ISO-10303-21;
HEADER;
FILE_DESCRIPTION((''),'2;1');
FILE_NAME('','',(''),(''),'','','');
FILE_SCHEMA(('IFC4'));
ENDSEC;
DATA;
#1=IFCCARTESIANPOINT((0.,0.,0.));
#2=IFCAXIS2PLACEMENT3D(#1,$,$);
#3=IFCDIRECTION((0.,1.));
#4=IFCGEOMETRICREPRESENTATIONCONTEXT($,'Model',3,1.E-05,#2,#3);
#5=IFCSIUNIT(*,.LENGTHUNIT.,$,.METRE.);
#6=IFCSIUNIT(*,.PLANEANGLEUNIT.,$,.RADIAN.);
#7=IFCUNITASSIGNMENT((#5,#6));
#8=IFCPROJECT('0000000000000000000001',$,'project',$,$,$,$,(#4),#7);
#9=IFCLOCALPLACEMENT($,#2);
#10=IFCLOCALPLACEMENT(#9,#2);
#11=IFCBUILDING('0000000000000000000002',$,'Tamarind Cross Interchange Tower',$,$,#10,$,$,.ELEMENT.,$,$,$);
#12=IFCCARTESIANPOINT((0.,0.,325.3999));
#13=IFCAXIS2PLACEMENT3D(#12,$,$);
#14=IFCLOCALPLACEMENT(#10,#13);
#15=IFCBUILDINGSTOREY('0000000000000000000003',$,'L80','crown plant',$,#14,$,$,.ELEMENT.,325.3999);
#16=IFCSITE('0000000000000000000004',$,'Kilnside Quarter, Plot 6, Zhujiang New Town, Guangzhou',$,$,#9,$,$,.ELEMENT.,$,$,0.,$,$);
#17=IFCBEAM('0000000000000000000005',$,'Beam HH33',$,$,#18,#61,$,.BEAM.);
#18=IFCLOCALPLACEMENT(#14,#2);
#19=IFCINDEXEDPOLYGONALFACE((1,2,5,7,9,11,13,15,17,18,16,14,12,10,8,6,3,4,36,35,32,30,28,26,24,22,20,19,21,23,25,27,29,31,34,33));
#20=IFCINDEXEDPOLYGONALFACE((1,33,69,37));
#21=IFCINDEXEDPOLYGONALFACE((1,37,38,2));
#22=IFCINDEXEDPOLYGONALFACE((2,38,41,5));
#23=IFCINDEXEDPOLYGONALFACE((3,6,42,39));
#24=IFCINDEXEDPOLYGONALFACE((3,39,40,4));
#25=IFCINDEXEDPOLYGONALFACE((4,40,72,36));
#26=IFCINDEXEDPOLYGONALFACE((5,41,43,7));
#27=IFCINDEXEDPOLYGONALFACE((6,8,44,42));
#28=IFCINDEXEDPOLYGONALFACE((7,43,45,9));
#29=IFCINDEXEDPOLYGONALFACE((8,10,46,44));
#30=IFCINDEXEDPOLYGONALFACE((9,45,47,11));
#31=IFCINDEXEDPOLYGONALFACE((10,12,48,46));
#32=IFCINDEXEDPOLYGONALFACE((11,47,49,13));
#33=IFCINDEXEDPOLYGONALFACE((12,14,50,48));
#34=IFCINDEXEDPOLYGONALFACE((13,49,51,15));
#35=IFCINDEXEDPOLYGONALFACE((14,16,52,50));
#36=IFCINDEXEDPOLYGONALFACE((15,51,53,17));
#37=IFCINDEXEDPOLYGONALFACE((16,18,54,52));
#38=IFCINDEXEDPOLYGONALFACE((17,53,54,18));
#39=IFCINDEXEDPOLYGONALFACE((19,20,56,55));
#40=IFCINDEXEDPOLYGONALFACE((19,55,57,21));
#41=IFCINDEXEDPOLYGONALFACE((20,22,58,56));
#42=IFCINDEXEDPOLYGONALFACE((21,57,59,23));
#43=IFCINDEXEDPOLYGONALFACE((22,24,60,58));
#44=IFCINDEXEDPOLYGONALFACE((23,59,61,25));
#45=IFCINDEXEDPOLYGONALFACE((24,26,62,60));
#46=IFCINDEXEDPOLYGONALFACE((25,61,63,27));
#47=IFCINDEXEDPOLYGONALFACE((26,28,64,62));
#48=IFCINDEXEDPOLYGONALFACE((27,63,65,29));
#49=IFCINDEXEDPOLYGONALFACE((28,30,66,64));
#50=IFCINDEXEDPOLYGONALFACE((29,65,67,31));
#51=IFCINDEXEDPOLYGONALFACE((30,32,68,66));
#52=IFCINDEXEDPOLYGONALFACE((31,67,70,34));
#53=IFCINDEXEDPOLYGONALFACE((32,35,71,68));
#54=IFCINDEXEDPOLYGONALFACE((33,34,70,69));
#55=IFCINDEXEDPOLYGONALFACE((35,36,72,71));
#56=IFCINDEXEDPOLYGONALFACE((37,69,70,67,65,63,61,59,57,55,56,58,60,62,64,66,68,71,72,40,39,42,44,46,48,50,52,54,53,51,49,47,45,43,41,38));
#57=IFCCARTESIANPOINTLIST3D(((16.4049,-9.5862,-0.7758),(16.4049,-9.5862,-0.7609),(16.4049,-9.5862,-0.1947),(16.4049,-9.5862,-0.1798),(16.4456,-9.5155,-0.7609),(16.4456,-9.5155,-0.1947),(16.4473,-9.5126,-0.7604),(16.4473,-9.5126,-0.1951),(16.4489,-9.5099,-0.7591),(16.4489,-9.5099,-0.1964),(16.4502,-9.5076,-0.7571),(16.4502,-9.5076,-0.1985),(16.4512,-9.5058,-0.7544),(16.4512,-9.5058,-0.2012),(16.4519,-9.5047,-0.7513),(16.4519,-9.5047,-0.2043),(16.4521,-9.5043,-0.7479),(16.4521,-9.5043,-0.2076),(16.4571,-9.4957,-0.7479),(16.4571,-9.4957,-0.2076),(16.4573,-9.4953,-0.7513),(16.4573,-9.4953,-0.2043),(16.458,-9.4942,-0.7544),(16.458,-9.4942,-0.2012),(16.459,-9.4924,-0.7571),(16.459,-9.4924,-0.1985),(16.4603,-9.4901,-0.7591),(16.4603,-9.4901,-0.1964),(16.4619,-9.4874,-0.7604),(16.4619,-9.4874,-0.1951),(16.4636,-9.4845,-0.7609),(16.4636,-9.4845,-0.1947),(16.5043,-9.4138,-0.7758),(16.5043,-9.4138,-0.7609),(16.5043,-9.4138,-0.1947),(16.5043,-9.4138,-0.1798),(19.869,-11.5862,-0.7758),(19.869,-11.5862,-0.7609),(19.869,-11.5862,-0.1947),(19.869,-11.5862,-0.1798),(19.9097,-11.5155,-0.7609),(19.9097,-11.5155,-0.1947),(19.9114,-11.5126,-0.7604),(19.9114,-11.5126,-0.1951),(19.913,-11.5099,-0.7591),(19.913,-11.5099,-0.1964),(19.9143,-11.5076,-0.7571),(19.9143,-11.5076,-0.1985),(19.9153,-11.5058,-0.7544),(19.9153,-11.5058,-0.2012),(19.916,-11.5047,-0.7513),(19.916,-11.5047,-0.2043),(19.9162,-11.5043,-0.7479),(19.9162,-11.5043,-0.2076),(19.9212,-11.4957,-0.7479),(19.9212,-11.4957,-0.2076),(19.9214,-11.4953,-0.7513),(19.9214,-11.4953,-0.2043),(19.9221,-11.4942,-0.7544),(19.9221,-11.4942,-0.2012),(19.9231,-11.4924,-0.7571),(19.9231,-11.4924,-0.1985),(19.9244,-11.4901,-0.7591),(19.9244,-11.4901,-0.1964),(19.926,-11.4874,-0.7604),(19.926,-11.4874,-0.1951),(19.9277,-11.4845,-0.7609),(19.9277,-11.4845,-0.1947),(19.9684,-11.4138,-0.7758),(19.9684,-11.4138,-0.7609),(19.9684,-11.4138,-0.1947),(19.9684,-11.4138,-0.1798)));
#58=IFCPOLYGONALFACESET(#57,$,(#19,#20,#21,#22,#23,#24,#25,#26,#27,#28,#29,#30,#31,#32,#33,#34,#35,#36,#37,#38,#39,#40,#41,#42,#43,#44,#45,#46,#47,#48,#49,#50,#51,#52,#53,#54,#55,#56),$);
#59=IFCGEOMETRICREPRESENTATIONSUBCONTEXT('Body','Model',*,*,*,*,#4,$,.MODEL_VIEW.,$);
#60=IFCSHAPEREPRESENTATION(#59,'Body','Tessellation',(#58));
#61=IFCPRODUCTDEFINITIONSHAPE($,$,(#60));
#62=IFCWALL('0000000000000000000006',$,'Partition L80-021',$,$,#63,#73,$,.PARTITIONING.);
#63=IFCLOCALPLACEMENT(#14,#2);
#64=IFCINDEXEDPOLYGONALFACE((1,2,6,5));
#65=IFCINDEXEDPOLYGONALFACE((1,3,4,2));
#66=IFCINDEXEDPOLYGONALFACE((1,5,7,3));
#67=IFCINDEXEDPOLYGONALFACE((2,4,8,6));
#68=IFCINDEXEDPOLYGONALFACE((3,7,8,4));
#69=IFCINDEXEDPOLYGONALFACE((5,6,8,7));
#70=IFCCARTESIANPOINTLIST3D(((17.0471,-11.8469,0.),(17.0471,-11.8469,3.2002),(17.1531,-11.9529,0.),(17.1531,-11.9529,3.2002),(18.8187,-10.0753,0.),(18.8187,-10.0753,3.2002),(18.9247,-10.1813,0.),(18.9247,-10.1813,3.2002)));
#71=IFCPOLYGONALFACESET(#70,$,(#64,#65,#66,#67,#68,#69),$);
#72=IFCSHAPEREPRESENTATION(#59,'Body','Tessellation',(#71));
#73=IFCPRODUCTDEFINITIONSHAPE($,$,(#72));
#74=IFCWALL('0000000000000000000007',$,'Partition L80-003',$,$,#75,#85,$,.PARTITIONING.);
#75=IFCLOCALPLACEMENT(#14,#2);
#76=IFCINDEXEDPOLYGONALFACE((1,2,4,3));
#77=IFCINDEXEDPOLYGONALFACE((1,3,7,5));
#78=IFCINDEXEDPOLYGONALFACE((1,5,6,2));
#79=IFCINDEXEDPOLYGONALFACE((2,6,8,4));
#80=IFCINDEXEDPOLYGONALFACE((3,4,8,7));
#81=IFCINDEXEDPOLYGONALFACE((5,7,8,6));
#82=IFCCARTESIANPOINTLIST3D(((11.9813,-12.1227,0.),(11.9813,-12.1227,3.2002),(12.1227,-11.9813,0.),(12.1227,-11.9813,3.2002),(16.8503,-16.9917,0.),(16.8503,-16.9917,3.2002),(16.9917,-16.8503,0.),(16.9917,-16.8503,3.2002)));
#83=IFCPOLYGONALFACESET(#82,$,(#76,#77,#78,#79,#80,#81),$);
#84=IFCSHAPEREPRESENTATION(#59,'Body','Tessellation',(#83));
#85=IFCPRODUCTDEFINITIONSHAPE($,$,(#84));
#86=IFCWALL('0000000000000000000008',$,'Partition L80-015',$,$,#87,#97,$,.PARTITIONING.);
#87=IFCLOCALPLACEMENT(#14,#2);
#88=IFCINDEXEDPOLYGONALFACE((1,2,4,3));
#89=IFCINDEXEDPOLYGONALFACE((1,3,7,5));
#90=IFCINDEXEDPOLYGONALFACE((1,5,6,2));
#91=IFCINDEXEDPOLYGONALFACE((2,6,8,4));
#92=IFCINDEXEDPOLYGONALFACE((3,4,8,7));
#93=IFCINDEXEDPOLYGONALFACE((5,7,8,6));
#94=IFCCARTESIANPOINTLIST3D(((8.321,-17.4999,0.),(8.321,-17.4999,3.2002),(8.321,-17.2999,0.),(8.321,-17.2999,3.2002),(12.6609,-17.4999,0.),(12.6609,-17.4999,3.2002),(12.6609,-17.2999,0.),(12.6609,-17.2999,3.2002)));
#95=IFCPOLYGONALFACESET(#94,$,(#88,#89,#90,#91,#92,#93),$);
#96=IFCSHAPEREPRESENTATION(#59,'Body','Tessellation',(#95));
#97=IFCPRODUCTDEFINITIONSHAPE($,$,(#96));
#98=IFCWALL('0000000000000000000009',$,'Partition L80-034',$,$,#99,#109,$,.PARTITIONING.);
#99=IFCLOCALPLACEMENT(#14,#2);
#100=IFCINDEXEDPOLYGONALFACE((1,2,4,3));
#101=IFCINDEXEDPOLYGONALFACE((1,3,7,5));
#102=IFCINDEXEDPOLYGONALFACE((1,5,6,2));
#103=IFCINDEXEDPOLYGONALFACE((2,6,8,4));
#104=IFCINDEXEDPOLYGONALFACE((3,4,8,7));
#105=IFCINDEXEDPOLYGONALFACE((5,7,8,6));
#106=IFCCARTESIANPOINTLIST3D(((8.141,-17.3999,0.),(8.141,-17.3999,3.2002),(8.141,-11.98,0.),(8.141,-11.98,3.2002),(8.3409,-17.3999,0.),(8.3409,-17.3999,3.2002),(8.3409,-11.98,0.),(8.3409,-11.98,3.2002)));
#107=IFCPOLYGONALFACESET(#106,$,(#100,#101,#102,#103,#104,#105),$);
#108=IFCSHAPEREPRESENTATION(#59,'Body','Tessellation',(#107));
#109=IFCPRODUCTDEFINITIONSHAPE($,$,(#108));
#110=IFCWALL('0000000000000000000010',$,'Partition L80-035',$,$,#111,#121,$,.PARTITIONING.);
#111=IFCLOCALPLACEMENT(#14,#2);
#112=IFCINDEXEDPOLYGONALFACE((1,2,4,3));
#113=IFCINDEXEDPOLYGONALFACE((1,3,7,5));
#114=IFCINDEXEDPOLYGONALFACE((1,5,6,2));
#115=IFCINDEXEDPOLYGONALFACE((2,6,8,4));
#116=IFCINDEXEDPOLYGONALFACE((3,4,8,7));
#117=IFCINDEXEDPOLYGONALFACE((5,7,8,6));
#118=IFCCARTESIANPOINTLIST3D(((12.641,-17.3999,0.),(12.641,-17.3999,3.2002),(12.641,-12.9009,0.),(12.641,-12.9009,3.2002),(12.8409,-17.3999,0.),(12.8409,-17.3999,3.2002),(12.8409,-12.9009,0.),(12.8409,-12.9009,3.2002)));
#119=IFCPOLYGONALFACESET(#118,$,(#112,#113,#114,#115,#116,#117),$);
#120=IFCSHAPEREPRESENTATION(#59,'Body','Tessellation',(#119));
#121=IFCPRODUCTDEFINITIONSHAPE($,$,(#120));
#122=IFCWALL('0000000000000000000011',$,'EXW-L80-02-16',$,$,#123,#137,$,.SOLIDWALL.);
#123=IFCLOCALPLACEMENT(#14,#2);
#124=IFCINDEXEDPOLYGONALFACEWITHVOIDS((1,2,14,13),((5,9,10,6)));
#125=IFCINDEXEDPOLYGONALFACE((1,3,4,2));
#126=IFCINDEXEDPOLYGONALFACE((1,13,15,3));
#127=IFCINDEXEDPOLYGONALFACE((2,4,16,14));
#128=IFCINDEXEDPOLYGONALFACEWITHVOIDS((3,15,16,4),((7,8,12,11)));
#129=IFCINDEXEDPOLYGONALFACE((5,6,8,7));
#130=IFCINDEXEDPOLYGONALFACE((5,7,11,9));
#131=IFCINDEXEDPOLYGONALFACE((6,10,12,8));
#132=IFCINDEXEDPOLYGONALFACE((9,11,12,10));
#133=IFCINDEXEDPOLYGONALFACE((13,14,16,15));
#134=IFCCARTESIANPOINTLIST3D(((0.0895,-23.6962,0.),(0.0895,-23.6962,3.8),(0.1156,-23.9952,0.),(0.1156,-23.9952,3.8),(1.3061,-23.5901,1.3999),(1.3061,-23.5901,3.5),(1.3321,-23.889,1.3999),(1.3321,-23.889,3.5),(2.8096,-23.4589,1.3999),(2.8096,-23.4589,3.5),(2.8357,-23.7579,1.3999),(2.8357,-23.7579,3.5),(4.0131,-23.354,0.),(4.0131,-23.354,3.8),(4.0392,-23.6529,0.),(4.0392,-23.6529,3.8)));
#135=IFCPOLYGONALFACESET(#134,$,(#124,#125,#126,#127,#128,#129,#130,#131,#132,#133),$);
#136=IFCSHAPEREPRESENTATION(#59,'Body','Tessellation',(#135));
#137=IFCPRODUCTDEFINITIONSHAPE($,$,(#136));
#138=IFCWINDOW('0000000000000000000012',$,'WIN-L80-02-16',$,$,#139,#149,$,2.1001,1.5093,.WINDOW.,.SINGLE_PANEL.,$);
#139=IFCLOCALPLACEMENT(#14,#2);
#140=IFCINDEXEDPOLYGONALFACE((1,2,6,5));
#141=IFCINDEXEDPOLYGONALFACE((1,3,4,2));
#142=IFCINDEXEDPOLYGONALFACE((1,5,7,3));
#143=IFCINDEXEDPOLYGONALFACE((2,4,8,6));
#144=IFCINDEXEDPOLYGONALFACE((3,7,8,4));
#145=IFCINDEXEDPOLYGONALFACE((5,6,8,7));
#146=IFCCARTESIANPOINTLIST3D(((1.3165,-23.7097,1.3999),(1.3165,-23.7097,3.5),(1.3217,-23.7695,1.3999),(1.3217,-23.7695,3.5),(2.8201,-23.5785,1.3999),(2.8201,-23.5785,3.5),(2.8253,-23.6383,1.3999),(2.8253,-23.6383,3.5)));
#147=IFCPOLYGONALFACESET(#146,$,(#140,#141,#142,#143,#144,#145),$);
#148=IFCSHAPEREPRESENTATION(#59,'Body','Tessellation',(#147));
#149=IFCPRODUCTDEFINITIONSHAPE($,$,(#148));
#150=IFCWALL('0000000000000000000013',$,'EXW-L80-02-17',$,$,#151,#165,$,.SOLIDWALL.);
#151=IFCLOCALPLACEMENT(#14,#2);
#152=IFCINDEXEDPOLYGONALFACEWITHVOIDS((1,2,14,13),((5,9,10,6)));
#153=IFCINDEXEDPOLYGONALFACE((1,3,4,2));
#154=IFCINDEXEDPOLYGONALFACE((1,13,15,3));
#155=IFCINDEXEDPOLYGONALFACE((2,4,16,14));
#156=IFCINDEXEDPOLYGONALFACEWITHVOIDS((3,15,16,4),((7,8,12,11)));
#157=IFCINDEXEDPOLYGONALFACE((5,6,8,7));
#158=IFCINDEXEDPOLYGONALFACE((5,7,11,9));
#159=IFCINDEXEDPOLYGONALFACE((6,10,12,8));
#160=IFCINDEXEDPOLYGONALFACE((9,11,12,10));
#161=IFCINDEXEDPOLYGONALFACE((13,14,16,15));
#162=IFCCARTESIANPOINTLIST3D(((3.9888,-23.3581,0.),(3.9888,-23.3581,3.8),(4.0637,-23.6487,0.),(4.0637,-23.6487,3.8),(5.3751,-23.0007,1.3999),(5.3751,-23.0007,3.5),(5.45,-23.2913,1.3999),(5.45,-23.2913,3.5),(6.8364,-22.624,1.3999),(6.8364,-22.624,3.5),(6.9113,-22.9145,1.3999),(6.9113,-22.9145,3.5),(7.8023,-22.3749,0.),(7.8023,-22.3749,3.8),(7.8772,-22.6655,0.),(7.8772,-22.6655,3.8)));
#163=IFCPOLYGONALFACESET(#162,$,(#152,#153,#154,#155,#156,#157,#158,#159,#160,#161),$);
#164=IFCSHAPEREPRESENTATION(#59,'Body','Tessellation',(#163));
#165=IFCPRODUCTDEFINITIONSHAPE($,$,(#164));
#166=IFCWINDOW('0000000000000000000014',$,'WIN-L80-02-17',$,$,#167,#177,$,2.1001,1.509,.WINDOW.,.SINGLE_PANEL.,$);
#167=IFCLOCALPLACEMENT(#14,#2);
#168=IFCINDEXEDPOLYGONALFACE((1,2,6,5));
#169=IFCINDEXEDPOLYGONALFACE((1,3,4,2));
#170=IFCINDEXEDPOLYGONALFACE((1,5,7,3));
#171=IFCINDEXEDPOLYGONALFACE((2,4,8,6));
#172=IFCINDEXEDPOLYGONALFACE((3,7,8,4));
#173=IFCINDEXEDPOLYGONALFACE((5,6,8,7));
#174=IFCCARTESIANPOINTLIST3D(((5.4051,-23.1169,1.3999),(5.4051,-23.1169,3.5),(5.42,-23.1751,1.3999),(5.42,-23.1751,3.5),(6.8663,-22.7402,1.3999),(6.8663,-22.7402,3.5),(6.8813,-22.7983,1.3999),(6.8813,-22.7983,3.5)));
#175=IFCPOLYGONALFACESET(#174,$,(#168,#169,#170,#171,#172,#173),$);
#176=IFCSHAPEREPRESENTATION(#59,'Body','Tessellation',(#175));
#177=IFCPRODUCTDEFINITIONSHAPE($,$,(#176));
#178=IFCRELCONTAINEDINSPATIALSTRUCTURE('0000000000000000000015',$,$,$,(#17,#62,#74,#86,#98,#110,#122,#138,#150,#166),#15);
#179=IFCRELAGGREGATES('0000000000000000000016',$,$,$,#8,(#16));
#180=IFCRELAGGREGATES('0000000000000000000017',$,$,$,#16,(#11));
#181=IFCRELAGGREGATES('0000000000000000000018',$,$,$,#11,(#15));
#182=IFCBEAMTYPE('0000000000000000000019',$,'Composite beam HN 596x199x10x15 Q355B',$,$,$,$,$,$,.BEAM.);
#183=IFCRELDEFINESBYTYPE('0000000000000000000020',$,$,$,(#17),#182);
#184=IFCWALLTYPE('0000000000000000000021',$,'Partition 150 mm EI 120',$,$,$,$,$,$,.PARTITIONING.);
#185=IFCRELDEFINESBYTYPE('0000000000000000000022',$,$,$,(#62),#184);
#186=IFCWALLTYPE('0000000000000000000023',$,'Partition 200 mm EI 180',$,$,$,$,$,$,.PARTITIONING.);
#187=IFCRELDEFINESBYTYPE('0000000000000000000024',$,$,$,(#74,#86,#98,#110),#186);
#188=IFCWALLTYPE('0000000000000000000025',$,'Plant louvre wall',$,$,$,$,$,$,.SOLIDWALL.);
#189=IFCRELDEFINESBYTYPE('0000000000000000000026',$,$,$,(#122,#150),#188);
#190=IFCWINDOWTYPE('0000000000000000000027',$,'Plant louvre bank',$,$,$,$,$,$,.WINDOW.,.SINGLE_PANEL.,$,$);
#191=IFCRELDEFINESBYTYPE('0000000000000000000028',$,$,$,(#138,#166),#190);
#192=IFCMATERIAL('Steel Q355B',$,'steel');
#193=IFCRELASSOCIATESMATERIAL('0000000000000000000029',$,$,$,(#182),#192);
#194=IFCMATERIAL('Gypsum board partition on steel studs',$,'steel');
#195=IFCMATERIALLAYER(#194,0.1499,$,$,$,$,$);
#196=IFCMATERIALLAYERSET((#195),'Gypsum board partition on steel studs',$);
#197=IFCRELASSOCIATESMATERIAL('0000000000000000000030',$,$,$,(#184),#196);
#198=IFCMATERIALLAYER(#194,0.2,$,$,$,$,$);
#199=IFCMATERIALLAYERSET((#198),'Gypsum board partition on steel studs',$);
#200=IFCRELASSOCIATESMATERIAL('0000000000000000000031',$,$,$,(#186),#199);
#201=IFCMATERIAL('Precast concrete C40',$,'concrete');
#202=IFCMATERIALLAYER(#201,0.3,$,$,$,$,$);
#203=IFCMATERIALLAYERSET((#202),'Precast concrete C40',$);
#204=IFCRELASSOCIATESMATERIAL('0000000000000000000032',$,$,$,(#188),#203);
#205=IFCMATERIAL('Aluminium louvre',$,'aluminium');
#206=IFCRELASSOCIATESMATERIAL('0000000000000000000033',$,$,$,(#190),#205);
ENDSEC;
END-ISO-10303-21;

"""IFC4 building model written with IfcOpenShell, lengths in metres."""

from ifc_helpers import new_model, si_unit, direction, frame, frame_2d, origin, origin_2d, place, context, subcontext, project, spatial, rectangle, i_section, extrude, material, layer, layer_set, material_profile, profile_set, type_object, element, fill, save


model = new_model("IFC4")

# Units and contexts
model_context = context("Model", 3, precision=1e-05, world=origin(), true_north=direction((0.0, 1.0)))
body_context = subcontext(model_context, "Body", "Model", "MODEL_VIEW")
ifc_project = project(units=[si_unit("LENGTHUNIT", "METRE"), si_unit("PLANEANGLEUNIT", "RADIAN")], contexts=[model_context])

# Site, building, storey
site_placement = place(None, origin())
site = spatial("IfcSite", under=ifc_project, at=site_placement, Name="Kilnside Quarter, Plot 6, Zhujiang New Town, Guangzhou", CompositionType="ELEMENT", RefElevation=0.0)
building_placement = place(site_placement, origin())
building = spatial("IfcBuilding", under=site, at=building_placement, Name="Tamarind Cross Interchange Tower", CompositionType="ELEMENT")
storey_placement = place(building_placement, frame((0.0, 0.0, 325.3999)))
storey = spatial("IfcBuildingStorey", under=building, at=storey_placement, Name="L80", Description="crown plant", CompositionType="ELEMENT", Elevation=325.3999)

# Beam
ifc_material_1 = material(Name="Steel Q355B", Category="steel")
ifc_material_profile_1 = material_profile(ifc_material_1, i_section(OverallWidth=0.199, OverallDepth=0.5959, WebThickness=0.01, FlangeThickness=0.0149, FilletRadius=0.0129, at=origin_2d()), Name="HN 596x199x10x15")
ifc_profile_set_1 = profile_set([ifc_material_profile_1], Name="Steel Q355B")
beam_type = type_object("IfcBeamType", Name="Composite beam HN 596x199x10x15 Q355B", PredefinedType="BEAM", material=ifc_profile_set_1)
beam_1_placement = place(storey_placement, frame((19.9187, -11.5, -0.4778), z_axis=(-0.866026, 0.499999, 0.0), x_axis=(-0.499999, -0.866026, 0.0)))
element("IfcBeam", 1, at=beam_1_placement, inside=storey, type_object=beam_type, Name="Beam HH33", PredefinedType="BEAM", context=body_context, shape_type="SweptSolid", body=[
    extrude(i_section(OverallWidth=0.199, OverallDepth=0.5959, WebThickness=0.01, FlangeThickness=0.0149, FilletRadius=0.0129, at=origin_2d()), origin(), (0.0, 0.0, 1.0), 4.0),
])

# Walls
ifc_material_2 = material(Name="Gypsum board partition on steel studs", Category="steel")
ifc_layer_1 = layer(ifc_material_2, 0.1499)
ifc_layer_set_1 = layer_set([ifc_layer_1], Name="Gypsum board partition on steel studs")
wall_type_1 = type_object("IfcWallType", Name="Partition 150 mm EI 120", PredefinedType="PARTITIONING", material=ifc_layer_set_1)
wall_1_placement = place(storey_placement, frame((17.1001, -11.8999, 0.0), z_axis=(0.0, 0.0, 1.0), x_axis=(0.707107, 0.707107, 0.0)))
element("IfcWall", 2, at=wall_1_placement, inside=storey, type_object=wall_type_1, Name="Partition L80-021", PredefinedType="PARTITIONING", context=body_context, shape_type="SweptSolid", body=[
    extrude(rectangle(XDim=2.5054, YDim=0.1499, at=frame_2d((1.2527, 0.0))), origin(), (0.0, 0.0, 1.0), 3.2002),
])
ifc_layer_2 = layer(ifc_material_2, 0.2)
ifc_layer_set_2 = layer_set([ifc_layer_2], Name="Gypsum board partition on steel studs")
wall_type_2 = type_object("IfcWallType", Name="Partition 200 mm EI 180", PredefinedType="PARTITIONING", material=ifc_layer_set_2)
wall_2_placement = place(storey_placement, frame((12.052, -12.052, 0.0), z_axis=(0.0, 0.0, 1.0), x_axis=(0.707107, -0.707107, 0.0)))
element("IfcWall", 3, at=wall_2_placement, inside=storey, type_object=wall_type_2, Name="Partition L80-003", PredefinedType="PARTITIONING", context=body_context, shape_type="SweptSolid", body=[
    extrude(rectangle(XDim=6.8857, YDim=0.2, at=frame_2d((3.4429, 0.0))), origin(), (0.0, 0.0, 1.0), 3.2002),
])
wall_3_placement = place(storey_placement, frame((8.321, -17.3999, 0.0), z_axis=(0.0, 0.0, 1.0), x_axis=(1.0, 0.0, 0.0)))
element("IfcWall", 4, at=wall_3_placement, inside=storey, type_object=wall_type_2, Name="Partition L80-015", PredefinedType="PARTITIONING", context=body_context, shape_type="SweptSolid", body=[
    extrude(rectangle(XDim=4.3398, YDim=0.2, at=frame_2d((2.1699, 0.0))), origin(), (0.0, 0.0, 1.0), 3.2002),
])
wall_4_placement = place(storey_placement, frame((8.241, -17.3999, 0.0), z_axis=(0.0, 0.0, 1.0), x_axis=(0.0, 1.0, 0.0)))
element("IfcWall", 5, at=wall_4_placement, inside=storey, type_object=wall_type_2, Name="Partition L80-034", PredefinedType="PARTITIONING", context=body_context, shape_type="SweptSolid", body=[
    extrude(rectangle(XDim=5.4199, YDim=0.2, at=frame_2d((2.71, 0.0))), origin(), (0.0, 0.0, 1.0), 3.2002),
])
wall_5_placement = place(storey_placement, frame((12.741, -17.3999, 0.0), z_axis=(0.0, 0.0, 1.0), x_axis=(0.0, 1.0, 0.0)))
element("IfcWall", 6, at=wall_5_placement, inside=storey, type_object=wall_type_2, Name="Partition L80-035", PredefinedType="PARTITIONING", context=body_context, shape_type="SweptSolid", body=[
    extrude(rectangle(XDim=4.499, YDim=0.2, at=frame_2d((2.2495, 0.0))), origin(), (0.0, 0.0, 1.0), 3.2002),
])

# Walls, openings, windows
ifc_material_3 = material(Name="Precast concrete C40", Category="concrete")
ifc_layer_3 = layer(ifc_material_3, 0.3)
ifc_layer_set_3 = layer_set([ifc_layer_3], Name="Precast concrete C40")
wall_type_3 = type_object("IfcWallType", Name="Plant louvre wall", PredefinedType="SOLIDWALL", material=ifc_layer_set_3)
wall_6_placement = place(storey_placement, frame((0.1025, -23.8457, 0.0), z_axis=(0.0, 0.0, 1.0), x_axis=(0.996216, 0.086908, 0.0)))
wall_6 = element("IfcWall", 7, at=wall_6_placement, inside=storey, type_object=wall_type_3, Name="EXW-L80-02-16", PredefinedType="SOLIDWALL", context=body_context, shape_type="SweptSolid", body=[
    extrude(rectangle(XDim=3.9385, YDim=0.3, at=frame_2d((1.9692, 0.0))), origin(), (0.0, 0.0, 1.0), 3.8),
])
opening_1_placement = place(wall_6_placement, frame((1.2212, 0.0, 1.3999)))
opening_1 = element("IfcOpeningElement", 8, at=opening_1_placement, cuts=wall_6, PredefinedType="OPENING", context=body_context, shape_type="SweptSolid", body=[
    extrude(rectangle(XDim=1.5093, YDim=2.1001, at=frame_2d((0.7546, 1.05))), frame((0.0, 0.1599, 0.0), z_axis=(0.0, -1.0, 0.0), x_axis=(1.0, 0.0, 0.0)), (0.0, 0.0, 1.0), 0.3201),
])
ifc_material_4 = material(Name="Aluminium louvre", Category="aluminium")
window_type = type_object("IfcWindowType", Name="Plant louvre bank", PartitioningType="SINGLE_PANEL", PredefinedType="WINDOW", material=ifc_material_4)
window_1_placement = place(opening_1_placement, origin())
window_1 = element("IfcWindow", 9, at=window_1_placement, inside=storey, type_object=window_type, Name="WIN-L80-02-16", OverallHeight=2.1001, OverallWidth=1.5093, PartitioningType="SINGLE_PANEL", PredefinedType="WINDOW", context=body_context, shape_type="SweptSolid", body=[
    extrude(rectangle(XDim=1.5093, YDim=2.1001, at=frame_2d((0.7546, 1.05))), frame((0.0, 0.03, 0.0), z_axis=(0.0, -1.0, 0.0), x_axis=(1.0, 0.0, 0.0)), (0.0, 0.0, 1.0), 0.0601),
])
fill(opening_1, window_1)
wall_7_placement = place(storey_placement, frame((4.0261, -23.5034, 0.0), z_axis=(0.0, 0.0, 1.0), x_axis=(0.968337, 0.249647, 0.0)))
wall_7 = element("IfcWall", 10, at=wall_7_placement, inside=storey, type_object=wall_type_3, Name="EXW-L80-02-17", PredefinedType="SOLIDWALL", context=body_context, shape_type="SweptSolid", body=[
    extrude(rectangle(XDim=3.9382, YDim=0.3, at=frame_2d((1.9692, 0.0))), origin(), (0.0, 0.0, 1.0), 3.8),
])
opening_2_placement = place(wall_7_placement, frame((1.4319, 0.0, 1.3999)))
opening_2 = element("IfcOpeningElement", 11, at=opening_2_placement, cuts=wall_7, PredefinedType="OPENING", context=body_context, shape_type="SweptSolid", body=[
    extrude(rectangle(XDim=1.509, YDim=2.1001, at=frame_2d((0.7544, 1.05))), frame((0.0, 0.1599, 0.0), z_axis=(0.0, -1.0, 0.0), x_axis=(1.0, 0.0, 0.0)), (0.0, 0.0, 1.0), 0.3201),
])
window_2_placement = place(opening_2_placement, origin())
window_2 = element("IfcWindow", 12, at=window_2_placement, inside=storey, type_object=window_type, Name="WIN-L80-02-17", OverallHeight=2.1001, OverallWidth=1.509, PartitioningType="SINGLE_PANEL", PredefinedType="WINDOW", context=body_context, shape_type="SweptSolid", body=[
    extrude(rectangle(XDim=1.509, YDim=2.1001, at=frame_2d((0.7544, 1.05))), frame((0.0, 0.03, 0.0), z_axis=(0.0, -1.0, 0.0), x_axis=(1.0, 0.0, 0.0)), (0.0, 0.0, 1.0), 0.0601),
])
fill(opening_2, window_2)

save(model, "model.ifc")
